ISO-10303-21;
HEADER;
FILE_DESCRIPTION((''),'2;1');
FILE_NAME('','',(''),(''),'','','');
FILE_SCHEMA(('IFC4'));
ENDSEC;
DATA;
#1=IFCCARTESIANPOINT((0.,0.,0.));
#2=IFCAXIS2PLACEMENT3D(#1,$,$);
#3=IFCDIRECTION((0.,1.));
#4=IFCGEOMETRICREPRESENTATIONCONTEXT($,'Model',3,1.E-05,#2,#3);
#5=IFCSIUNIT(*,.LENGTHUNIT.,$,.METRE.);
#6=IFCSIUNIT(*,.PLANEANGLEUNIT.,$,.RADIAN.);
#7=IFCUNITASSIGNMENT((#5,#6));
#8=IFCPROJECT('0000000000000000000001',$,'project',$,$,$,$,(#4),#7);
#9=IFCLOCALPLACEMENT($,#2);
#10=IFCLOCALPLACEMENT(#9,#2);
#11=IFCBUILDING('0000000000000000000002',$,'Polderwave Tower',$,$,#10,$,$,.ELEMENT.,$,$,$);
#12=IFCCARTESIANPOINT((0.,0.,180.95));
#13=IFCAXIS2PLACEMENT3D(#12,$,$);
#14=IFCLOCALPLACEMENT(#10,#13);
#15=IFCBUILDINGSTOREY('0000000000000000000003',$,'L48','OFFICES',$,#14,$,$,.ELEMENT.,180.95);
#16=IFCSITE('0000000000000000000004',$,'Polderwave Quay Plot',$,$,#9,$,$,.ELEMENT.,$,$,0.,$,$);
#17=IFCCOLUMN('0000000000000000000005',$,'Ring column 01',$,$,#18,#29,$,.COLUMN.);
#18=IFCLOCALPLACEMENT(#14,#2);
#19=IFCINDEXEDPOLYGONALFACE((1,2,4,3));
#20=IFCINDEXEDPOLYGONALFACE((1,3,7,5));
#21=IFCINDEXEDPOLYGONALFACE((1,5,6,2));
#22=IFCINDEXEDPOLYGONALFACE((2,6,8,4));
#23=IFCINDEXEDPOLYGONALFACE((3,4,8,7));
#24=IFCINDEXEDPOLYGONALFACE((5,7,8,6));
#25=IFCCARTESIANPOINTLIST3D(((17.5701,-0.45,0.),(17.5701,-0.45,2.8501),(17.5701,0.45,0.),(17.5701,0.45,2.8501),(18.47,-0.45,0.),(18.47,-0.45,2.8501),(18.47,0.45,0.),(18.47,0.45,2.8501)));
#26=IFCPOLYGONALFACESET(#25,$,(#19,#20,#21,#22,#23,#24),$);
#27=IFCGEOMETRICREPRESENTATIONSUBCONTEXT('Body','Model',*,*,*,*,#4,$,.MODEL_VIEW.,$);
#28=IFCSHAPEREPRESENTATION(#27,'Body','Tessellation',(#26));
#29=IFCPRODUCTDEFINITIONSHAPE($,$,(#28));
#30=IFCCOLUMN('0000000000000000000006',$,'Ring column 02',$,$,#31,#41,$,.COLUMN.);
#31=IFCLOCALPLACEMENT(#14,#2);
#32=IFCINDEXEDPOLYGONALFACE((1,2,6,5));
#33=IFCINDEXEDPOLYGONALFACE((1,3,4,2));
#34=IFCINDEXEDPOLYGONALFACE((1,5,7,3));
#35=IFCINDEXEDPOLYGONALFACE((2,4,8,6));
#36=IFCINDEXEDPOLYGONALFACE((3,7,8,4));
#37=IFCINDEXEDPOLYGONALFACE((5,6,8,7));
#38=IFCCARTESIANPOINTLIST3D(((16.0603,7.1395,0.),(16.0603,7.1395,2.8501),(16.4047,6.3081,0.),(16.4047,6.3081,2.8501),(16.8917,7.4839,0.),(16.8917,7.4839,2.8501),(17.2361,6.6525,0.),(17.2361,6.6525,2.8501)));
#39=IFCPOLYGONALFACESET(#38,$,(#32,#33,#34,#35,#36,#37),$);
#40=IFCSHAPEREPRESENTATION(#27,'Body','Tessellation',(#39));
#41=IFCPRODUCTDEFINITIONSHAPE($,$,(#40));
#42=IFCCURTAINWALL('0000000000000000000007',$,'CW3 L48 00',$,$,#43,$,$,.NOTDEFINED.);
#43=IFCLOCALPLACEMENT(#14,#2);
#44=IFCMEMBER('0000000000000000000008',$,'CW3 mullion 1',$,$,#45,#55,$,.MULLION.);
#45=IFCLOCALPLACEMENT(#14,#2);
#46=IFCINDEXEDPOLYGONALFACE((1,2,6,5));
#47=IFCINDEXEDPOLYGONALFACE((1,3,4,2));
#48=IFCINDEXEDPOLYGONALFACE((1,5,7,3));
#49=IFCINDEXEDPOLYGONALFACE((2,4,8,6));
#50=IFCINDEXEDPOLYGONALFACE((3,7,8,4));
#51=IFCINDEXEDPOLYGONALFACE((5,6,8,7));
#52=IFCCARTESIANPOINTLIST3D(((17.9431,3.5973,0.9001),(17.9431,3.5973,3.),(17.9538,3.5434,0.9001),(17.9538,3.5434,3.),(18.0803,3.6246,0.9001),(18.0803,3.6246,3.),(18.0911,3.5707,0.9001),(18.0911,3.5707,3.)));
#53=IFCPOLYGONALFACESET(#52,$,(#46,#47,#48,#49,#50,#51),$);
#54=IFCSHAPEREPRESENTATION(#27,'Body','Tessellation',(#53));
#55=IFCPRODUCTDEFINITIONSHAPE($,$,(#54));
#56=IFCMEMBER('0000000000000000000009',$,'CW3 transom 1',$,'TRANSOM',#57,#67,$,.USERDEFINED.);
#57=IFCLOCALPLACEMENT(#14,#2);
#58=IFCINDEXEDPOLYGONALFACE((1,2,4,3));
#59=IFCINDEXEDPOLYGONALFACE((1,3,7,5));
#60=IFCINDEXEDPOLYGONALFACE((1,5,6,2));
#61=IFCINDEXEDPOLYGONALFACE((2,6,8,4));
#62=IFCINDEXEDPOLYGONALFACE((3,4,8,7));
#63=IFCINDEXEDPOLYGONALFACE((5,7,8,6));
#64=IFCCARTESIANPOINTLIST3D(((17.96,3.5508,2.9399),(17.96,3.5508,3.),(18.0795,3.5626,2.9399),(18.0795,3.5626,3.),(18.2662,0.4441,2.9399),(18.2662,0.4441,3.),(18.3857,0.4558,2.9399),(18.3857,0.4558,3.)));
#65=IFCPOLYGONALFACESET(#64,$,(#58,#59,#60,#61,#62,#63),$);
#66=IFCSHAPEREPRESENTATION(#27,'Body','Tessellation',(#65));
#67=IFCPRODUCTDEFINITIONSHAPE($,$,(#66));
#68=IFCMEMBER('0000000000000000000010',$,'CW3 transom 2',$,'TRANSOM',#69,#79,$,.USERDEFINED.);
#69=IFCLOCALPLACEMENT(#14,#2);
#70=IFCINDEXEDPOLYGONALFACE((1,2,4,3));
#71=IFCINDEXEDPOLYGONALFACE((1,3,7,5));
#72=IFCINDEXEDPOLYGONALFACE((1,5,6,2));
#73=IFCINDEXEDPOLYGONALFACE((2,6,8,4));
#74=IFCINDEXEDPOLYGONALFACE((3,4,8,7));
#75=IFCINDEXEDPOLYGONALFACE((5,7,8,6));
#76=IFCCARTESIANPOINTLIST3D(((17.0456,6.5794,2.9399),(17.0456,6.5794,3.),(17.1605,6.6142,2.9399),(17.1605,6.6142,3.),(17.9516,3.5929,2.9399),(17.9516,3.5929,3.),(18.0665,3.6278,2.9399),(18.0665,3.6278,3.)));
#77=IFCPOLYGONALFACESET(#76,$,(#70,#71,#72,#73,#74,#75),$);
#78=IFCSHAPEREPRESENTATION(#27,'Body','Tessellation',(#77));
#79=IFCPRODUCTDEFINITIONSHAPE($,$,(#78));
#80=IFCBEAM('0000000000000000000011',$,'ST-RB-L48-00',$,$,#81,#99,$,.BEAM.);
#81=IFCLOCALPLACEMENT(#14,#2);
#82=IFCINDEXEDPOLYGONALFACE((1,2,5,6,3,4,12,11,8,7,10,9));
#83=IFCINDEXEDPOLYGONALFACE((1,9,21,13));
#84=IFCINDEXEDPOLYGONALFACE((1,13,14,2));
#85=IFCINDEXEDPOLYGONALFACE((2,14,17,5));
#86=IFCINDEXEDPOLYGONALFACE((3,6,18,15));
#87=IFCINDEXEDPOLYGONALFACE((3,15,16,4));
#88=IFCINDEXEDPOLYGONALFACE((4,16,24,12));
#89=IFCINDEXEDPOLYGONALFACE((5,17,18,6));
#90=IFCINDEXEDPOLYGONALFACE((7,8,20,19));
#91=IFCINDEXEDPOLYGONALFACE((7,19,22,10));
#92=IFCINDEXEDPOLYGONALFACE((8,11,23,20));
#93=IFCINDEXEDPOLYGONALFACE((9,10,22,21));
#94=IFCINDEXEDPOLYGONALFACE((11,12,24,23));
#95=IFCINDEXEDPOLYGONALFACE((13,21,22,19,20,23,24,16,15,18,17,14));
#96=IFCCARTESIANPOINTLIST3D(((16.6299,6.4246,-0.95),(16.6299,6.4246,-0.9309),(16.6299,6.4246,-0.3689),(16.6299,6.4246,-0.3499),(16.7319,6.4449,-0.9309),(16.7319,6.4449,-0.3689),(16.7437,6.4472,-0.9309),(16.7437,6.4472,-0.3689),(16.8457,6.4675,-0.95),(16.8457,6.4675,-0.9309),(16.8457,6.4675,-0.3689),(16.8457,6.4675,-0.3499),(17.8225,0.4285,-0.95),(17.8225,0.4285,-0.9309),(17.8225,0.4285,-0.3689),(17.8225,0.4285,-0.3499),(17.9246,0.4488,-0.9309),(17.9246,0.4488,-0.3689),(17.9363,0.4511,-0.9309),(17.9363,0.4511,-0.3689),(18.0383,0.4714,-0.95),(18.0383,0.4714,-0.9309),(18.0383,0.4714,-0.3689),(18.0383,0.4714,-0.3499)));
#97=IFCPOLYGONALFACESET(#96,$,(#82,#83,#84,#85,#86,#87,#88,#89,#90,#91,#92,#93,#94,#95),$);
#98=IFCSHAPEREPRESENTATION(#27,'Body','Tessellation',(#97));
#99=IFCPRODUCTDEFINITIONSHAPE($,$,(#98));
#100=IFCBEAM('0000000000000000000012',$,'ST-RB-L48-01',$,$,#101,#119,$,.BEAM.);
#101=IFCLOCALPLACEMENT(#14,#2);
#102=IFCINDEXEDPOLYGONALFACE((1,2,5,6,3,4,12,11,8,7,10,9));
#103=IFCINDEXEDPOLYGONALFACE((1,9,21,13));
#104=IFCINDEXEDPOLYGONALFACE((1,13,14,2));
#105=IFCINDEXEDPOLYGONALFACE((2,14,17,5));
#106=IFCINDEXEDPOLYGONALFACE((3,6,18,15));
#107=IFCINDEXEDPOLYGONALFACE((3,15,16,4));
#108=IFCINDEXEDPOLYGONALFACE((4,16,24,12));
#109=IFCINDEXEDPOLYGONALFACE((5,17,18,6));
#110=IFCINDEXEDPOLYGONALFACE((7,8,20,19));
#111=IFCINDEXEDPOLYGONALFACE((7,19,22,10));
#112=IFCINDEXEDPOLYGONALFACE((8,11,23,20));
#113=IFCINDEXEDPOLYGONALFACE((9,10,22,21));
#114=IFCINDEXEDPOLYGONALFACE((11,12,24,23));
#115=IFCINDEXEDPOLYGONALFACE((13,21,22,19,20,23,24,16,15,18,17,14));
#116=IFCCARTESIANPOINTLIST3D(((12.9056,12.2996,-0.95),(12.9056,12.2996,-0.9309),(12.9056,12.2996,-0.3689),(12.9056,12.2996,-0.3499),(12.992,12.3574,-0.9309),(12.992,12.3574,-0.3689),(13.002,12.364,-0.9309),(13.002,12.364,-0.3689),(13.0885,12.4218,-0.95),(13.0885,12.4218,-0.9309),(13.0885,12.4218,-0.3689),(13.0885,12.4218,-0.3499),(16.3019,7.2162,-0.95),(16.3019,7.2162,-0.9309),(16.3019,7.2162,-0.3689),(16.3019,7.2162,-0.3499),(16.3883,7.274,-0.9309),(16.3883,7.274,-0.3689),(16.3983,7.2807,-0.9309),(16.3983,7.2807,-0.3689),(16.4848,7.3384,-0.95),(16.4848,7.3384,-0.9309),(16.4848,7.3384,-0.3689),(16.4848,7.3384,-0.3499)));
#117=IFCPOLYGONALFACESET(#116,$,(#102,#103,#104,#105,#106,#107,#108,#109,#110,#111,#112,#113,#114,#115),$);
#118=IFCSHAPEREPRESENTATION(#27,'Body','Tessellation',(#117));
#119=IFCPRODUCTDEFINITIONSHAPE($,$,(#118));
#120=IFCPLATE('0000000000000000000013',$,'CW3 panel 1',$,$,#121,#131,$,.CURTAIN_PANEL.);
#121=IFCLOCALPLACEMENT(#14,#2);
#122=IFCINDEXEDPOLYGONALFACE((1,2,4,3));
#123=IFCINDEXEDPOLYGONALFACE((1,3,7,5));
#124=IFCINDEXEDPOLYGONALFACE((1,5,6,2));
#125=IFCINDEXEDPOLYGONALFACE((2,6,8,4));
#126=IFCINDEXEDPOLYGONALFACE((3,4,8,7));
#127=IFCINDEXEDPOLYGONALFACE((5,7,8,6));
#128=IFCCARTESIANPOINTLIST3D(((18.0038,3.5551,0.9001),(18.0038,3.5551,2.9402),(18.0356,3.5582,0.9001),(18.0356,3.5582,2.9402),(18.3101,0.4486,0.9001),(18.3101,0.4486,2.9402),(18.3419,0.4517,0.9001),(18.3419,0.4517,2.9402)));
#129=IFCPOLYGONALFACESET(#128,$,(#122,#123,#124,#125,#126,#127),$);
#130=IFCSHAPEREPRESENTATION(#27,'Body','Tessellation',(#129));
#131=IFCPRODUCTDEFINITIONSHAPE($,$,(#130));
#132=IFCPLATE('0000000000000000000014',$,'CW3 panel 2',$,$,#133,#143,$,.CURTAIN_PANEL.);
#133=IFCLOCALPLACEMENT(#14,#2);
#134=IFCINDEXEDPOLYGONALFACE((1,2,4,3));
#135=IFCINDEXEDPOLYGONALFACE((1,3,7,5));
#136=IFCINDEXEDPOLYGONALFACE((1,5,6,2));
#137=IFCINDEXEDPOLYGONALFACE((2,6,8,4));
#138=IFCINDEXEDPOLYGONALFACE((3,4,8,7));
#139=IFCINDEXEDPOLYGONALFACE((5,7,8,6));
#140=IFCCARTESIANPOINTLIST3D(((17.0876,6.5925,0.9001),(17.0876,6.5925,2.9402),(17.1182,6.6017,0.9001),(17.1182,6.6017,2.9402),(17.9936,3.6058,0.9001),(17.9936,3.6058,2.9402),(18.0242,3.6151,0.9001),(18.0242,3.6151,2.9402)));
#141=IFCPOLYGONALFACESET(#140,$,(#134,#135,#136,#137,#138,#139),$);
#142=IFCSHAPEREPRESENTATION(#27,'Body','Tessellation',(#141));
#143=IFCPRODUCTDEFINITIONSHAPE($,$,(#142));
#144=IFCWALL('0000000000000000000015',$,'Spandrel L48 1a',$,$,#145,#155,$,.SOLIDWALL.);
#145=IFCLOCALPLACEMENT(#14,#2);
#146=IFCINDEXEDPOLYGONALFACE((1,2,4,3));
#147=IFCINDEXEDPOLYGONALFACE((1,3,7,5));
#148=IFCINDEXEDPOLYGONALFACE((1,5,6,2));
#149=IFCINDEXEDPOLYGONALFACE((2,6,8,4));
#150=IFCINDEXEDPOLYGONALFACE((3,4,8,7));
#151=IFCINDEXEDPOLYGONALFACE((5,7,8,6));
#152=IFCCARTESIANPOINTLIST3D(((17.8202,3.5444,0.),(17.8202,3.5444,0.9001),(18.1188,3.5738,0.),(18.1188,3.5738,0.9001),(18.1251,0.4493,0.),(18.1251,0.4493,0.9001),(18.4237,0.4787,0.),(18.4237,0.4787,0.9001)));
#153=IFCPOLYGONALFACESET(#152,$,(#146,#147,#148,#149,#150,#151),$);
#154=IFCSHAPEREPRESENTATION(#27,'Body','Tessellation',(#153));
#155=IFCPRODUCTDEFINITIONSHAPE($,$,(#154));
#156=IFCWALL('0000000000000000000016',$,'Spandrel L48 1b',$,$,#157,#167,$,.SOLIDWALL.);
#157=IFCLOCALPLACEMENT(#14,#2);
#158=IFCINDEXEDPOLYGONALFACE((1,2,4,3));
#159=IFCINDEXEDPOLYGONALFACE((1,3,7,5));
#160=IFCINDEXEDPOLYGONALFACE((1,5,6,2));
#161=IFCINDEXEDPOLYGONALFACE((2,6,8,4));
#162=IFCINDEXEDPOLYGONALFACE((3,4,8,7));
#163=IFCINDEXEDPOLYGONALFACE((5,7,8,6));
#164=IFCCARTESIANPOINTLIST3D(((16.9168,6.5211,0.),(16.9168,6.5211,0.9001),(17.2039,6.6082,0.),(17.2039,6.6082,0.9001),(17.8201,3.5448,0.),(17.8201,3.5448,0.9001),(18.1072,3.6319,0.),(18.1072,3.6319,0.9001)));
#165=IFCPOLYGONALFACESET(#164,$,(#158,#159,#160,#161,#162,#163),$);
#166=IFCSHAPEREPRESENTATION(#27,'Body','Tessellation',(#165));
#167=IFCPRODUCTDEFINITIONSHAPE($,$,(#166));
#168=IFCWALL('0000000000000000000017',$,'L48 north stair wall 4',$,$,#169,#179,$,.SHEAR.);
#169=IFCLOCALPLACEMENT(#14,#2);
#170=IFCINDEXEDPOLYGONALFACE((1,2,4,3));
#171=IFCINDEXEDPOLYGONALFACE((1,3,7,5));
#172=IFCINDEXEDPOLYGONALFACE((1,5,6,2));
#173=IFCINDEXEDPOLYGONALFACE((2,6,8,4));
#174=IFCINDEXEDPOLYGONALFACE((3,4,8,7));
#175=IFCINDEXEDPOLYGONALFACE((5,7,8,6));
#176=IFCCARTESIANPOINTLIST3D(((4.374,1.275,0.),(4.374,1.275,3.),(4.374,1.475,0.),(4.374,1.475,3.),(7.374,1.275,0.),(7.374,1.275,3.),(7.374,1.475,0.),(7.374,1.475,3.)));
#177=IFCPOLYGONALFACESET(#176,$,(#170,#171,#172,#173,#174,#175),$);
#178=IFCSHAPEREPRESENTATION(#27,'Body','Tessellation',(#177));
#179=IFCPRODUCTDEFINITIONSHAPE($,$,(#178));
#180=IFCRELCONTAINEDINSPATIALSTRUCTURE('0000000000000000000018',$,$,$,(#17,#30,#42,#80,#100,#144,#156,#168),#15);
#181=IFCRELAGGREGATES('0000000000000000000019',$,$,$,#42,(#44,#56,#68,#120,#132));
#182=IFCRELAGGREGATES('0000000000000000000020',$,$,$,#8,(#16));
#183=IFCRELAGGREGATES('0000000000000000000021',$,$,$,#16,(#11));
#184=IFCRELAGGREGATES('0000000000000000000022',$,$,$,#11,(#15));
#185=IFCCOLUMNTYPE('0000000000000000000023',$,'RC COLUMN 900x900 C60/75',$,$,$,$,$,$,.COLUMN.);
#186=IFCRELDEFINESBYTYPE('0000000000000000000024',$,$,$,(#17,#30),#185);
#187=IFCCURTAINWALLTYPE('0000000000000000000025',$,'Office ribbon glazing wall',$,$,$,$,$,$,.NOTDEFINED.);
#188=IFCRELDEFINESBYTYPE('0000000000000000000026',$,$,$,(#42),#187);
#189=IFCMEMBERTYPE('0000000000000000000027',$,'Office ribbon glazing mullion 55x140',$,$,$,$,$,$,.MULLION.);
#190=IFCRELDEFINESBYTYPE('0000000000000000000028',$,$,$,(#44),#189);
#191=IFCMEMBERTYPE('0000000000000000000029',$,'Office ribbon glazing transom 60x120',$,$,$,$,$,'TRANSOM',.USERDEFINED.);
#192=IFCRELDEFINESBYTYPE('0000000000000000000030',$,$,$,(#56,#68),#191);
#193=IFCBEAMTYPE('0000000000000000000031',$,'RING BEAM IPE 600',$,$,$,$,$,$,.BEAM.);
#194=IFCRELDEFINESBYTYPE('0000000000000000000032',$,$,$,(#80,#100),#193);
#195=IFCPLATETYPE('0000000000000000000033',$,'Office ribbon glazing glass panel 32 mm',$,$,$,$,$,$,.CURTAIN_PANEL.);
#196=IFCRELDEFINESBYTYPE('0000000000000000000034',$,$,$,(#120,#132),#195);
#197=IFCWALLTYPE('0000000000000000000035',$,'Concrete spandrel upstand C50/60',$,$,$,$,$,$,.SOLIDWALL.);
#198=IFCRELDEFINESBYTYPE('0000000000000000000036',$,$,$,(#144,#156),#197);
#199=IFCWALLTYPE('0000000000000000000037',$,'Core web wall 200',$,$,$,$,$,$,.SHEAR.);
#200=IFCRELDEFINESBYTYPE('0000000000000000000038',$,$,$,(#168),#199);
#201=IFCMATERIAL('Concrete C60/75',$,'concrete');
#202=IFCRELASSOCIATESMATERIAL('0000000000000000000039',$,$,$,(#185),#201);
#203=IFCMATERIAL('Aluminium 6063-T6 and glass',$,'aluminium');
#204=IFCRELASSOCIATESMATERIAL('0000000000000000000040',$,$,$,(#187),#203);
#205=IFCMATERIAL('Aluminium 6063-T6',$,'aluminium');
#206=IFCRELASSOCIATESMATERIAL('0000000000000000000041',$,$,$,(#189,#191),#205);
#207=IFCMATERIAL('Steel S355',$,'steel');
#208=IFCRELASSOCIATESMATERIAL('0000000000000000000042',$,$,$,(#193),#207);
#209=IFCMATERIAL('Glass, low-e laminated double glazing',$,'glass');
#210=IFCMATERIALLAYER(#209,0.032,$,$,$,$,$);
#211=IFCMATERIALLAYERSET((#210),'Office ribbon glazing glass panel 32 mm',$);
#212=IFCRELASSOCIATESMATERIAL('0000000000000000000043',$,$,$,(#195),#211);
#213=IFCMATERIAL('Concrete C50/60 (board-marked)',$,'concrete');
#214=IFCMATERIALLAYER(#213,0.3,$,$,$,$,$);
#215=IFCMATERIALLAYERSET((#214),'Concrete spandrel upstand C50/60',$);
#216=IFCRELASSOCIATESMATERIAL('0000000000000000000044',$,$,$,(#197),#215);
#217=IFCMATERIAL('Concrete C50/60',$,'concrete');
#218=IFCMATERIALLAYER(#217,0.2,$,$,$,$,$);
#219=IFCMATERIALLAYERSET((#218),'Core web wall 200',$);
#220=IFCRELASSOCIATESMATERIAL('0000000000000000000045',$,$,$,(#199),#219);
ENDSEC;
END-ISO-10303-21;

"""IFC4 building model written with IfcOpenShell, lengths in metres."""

from ifc_helpers import new_model, si_unit, direction, frame, frame_2d, origin, origin_2d, place, context, subcontext, project, spatial, rectangle, i_section, extrude, material, layer, layer_set, material_profile, profile_set, type_object, element, aggregate, save


model = new_model("IFC4")

# Units and contexts
model_context = context("Model", 3, precision=1e-05, world=origin(), true_north=direction((0.0, 1.0)))
body_context = subcontext(model_context, "Body", "Model", "MODEL_VIEW")
ifc_project = project(units=[si_unit("LENGTHUNIT", "METRE"), si_unit("PLANEANGLEUNIT", "RADIAN")], contexts=[model_context])

# Site, building, storey
site_placement = place(None, origin())
site = spatial("IfcSite", under=ifc_project, at=site_placement, Name="Polderwave Quay Plot", CompositionType="ELEMENT", RefElevation=0.0)
building_placement = place(site_placement, origin())
building = spatial("IfcBuilding", under=site, at=building_placement, Name="Polderwave Tower", CompositionType="ELEMENT")
storey_placement = place(building_placement, frame((0.0, 0.0, 180.95)))
storey = spatial("IfcBuildingStorey", under=building, at=storey_placement, Name="L48", Description="OFFICES", CompositionType="ELEMENT", Elevation=180.95)

# Columns
ifc_material_1 = material(Name="Concrete C60/75", Category="concrete")
ifc_material_profile_1 = material_profile(ifc_material_1, rectangle(XDim=0.8999, YDim=0.8999, at=origin_2d()), Name="RC 900x900")
ifc_profile_set_1 = profile_set([ifc_material_profile_1], Name="Concrete C60/75")
column_type = type_object("IfcColumnType", Name="RC COLUMN 900x900 C60/75", PredefinedType="COLUMN", material=ifc_profile_set_1)
for number, where, z_axis, x_axis, name in (
    (1, (18.02, 0.0, 0.0), (0.0, 0.0, 1.0), (1.0, 0.0, 0.0), "Ring column 01"),
    (2, (16.6482, 6.896, 0.0), (0.0, 0.0, 1.0), (0.92388, 0.382683, 0.0), "Ring column 02"),
):
    element("IfcColumn", number, at=place(storey_placement, frame(where, z_axis=z_axis, x_axis=x_axis)), inside=storey, type_object=column_type, Name=name, PredefinedType="COLUMN", context=body_context, shape_type="SweptSolid", body=[
        extrude(rectangle(XDim=0.8999, YDim=0.8999, at=origin_2d()), origin(), (0.0, 0.0, 1.0), 2.8501),
    ])

# Curtain wall, members
ifc_material_2 = material(Name="Aluminium 6063-T6 and glass", Category="aluminium")
curtain_wall_type = type_object("IfcCurtainWallType", Name="Office ribbon glazing wall", PredefinedType="NOTDEFINED", material=ifc_material_2)
curtain_wall_placement = place(storey_placement, origin())
curtain_wall = element("IfcCurtainWall", 3, at=curtain_wall_placement, inside=storey, type_object=curtain_wall_type, Name="CW3 L48 00", PredefinedType="NOTDEFINED")
ifc_material_3 = material(Name="Aluminium 6063-T6", Category="aluminium")
ifc_material_profile_2 = material_profile(ifc_material_3, rectangle(XDim=0.1399, YDim=0.0549, at=origin_2d()), Name="AL 55x140")
ifc_profile_set_2 = profile_set([ifc_material_profile_2], Name="Aluminium 6063-T6")
member_type_1 = type_object("IfcMemberType", Name="Office ribbon glazing mullion 55x140", PredefinedType="MULLION", material=ifc_profile_set_2)
member_1_placement = place(storey_placement, frame((18.0171, 3.584, 0.9001), z_axis=(0.0, 0.0, 1.0), x_axis=(-0.980775, -0.195143, 0.0)))
member_1 = element("IfcMember", 4, at=member_1_placement, type_object=member_type_1, Name="CW3 mullion 1", PredefinedType="MULLION", context=body_context, shape_type="SweptSolid", body=[
    extrude(rectangle(XDim=0.1399, YDim=0.0549, at=origin_2d()), origin(), (0.0, 0.0, 1.0), 2.0999),
])
ifc_material_profile_3 = material_profile(ifc_material_3, rectangle(XDim=0.1201, YDim=0.0601, at=origin_2d()), Name="AL 60x120")
ifc_profile_set_3 = profile_set([ifc_material_profile_3], Name="Aluminium 6063-T6")
member_type_2 = type_object("IfcMemberType", Name="Office ribbon glazing transom 60x120", ElementType="TRANSOM", PredefinedType="USERDEFINED", material=ifc_profile_set_3)
member_2_placement = place(storey_placement, frame((18.3259, 0.45, 2.97), z_axis=(-0.098071, 0.995179, 0.0), x_axis=(-0.995179, -0.098071, 0.0)))
member_2 = element("IfcMember", 5, at=member_2_placement, type_object=member_type_2, Name="CW3 transom 1", ObjectType="TRANSOM", PredefinedType="USERDEFINED", context=body_context, shape_type="SweptSolid", body=[
    extrude(rectangle(XDim=0.1201, YDim=0.0601, at=origin_2d()), origin(), (0.0, 0.0, 1.0), 3.1218),
])
member_3_placement = place(storey_placement, frame((18.009, 3.6104, 2.97), z_axis=(-0.290296, 0.956937, 0.0), x_axis=(-0.956937, -0.290296, 0.0)))
member_3 = element("IfcMember", 6, at=member_3_placement, type_object=member_type_2, Name="CW3 transom 2", ObjectType="TRANSOM", PredefinedType="USERDEFINED", context=body_context, shape_type="SweptSolid", body=[
    extrude(rectangle(XDim=0.1201, YDim=0.0601, at=origin_2d()), origin(), (0.0, 0.0, 1.0), 3.1208),
])

# Beams
ifc_material_4 = material(Name="Steel S355", Category="steel")
ifc_material_profile_4 = material_profile(ifc_material_4, i_section(OverallWidth=0.22, OverallDepth=0.6001, WebThickness=0.012, FlangeThickness=0.019, at=origin_2d()), Name="IPE 600")
ifc_profile_set_4 = profile_set([ifc_material_profile_4], Name="Steel S355")
beam_type = type_object("IfcBeamType", Name="RING BEAM IPE 600", PredefinedType="BEAM", material=ifc_profile_set_4)
for number, where, z_axis, x_axis, name in (
    (7, (17.9304, 0.45, -0.6499), (-0.195079, 0.980787, 0.0), (-0.980787, -0.195079, 0.0), "ST-RB-L48-00"),
    (8, (16.3933, 7.2773, -0.6499), (-0.555539, 0.831491, 0.0), (-0.831491, -0.555539, 0.0), "ST-RB-L48-01"),
):
    element("IfcBeam", number, at=place(storey_placement, frame(where, z_axis=z_axis, x_axis=x_axis)), inside=storey, type_object=beam_type, Name=name, PredefinedType="BEAM", context=body_context, shape_type="SweptSolid", body=[
        extrude(i_section(OverallWidth=0.22, OverallDepth=0.6001, WebThickness=0.012, FlangeThickness=0.019, at=origin_2d()), origin(), (0.0, 0.0, 1.0), 6.1135),
    ])

# Plates
ifc_material_5 = material(Name="Glass, low-e laminated double glazing", Category="glass")
ifc_layer_1 = layer(ifc_material_5, 0.032)
ifc_layer_set_1 = layer_set([ifc_layer_1], Name="Office ribbon glazing glass panel 32 mm")
plate_type = type_object("IfcPlateType", Name="Office ribbon glazing glass panel 32 mm", PredefinedType="CURTAIN_PANEL", material=ifc_layer_set_1)
plate_1_placement = place(storey_placement, frame((18.1729, 2.0034, 0.9001), z_axis=(0.0, 0.0, 1.0), x_axis=(-0.09812, 0.995175, 0.0)))
plate_1 = element("IfcPlate", 9, at=plate_1_placement, type_object=plate_type, Name="CW3 panel 1", PredefinedType="CURTAIN_PANEL", context=body_context, shape_type="SweptSolid", body=[
    extrude(rectangle(XDim=3.1216, YDim=0.032, at=origin_2d()), origin(), (0.0, 0.0, 1.0), 2.04),
])
plate_2_placement = place(storey_placement, frame((17.5559, 5.1038, 0.9001), z_axis=(0.0, 0.0, 1.0), x_axis=(-0.29029, 0.956939, 0.0)))
plate_2 = element("IfcPlate", 10, at=plate_2_placement, type_object=plate_type, Name="CW3 panel 2", PredefinedType="CURTAIN_PANEL", context=body_context, shape_type="SweptSolid", body=[
    extrude(rectangle(XDim=3.1211, YDim=0.032, at=origin_2d()), origin(), (0.0, 0.0, 1.0), 2.04),
])
aggregate(curtain_wall, [member_1, member_2, member_3, plate_1, plate_2])

# Walls
ifc_material_6 = material(Name="Concrete C50/60 (board-marked)", Category="concrete")
ifc_layer_2 = layer(ifc_material_6, 0.3)
ifc_layer_set_2 = layer_set([ifc_layer_2], Name="Concrete spandrel upstand C50/60")
wall_type_1 = type_object("IfcWallType", Name="Concrete spandrel upstand C50/60", PredefinedType="SOLIDWALL", material=ifc_layer_set_2)
wall_1_placement = place(storey_placement, frame((18.2744, 0.4639, 0.0), z_axis=(0.0, 0.0, 1.0), x_axis=(-0.098042, 0.995182, 0.0)))
element("IfcWall", 11, at=wall_1_placement, inside=storey, type_object=wall_type_1, Name="Spandrel L48 1a", PredefinedType="SOLIDWALL", context=body_context, shape_type="SweptSolid", body=[
    extrude(rectangle(XDim=3.1101, YDim=0.3, at=frame_2d((1.5552, 0.0))), origin(), (0.0, 0.0, 1.0), 0.9001),
])
wall_2_placement = place(storey_placement, frame((17.9636, 3.5884, 0.0), z_axis=(0.0, 0.0, 1.0), x_axis=(-0.290421, 0.956899, 0.0)))
element("IfcWall", 12, at=wall_2_placement, inside=storey, type_object=wall_type_1, Name="Spandrel L48 1b", PredefinedType="SOLIDWALL", context=body_context, shape_type="SweptSolid", body=[
    extrude(rectangle(XDim=3.1104, YDim=0.3, at=frame_2d((1.5552, 0.0))), origin(), (0.0, 0.0, 1.0), 0.9001),
])
ifc_material_7 = material(Name="Concrete C50/60", Category="concrete")
ifc_layer_3 = layer(ifc_material_7, 0.2)
ifc_layer_set_3 = layer_set([ifc_layer_3], Name="Core web wall 200")
wall_type_2 = type_object("IfcWallType", Name="Core web wall 200", PredefinedType="SHEAR", material=ifc_layer_set_3)
wall_3_placement = place(storey_placement, frame((4.374, 1.375, 0.0), z_axis=(0.0, 0.0, 1.0), x_axis=(1.0, 0.0, 0.0)))
element("IfcWall", 13, at=wall_3_placement, inside=storey, type_object=wall_type_2, Name="L48 north stair wall 4", PredefinedType="SHEAR", context=body_context, shape_type="SweptSolid", body=[
    extrude(rectangle(XDim=3.0, YDim=0.2, at=frame_2d((1.5, 0.0))), origin(), (0.0, 0.0, 1.0), 3.0),
])

save(model, "model.ifc")
